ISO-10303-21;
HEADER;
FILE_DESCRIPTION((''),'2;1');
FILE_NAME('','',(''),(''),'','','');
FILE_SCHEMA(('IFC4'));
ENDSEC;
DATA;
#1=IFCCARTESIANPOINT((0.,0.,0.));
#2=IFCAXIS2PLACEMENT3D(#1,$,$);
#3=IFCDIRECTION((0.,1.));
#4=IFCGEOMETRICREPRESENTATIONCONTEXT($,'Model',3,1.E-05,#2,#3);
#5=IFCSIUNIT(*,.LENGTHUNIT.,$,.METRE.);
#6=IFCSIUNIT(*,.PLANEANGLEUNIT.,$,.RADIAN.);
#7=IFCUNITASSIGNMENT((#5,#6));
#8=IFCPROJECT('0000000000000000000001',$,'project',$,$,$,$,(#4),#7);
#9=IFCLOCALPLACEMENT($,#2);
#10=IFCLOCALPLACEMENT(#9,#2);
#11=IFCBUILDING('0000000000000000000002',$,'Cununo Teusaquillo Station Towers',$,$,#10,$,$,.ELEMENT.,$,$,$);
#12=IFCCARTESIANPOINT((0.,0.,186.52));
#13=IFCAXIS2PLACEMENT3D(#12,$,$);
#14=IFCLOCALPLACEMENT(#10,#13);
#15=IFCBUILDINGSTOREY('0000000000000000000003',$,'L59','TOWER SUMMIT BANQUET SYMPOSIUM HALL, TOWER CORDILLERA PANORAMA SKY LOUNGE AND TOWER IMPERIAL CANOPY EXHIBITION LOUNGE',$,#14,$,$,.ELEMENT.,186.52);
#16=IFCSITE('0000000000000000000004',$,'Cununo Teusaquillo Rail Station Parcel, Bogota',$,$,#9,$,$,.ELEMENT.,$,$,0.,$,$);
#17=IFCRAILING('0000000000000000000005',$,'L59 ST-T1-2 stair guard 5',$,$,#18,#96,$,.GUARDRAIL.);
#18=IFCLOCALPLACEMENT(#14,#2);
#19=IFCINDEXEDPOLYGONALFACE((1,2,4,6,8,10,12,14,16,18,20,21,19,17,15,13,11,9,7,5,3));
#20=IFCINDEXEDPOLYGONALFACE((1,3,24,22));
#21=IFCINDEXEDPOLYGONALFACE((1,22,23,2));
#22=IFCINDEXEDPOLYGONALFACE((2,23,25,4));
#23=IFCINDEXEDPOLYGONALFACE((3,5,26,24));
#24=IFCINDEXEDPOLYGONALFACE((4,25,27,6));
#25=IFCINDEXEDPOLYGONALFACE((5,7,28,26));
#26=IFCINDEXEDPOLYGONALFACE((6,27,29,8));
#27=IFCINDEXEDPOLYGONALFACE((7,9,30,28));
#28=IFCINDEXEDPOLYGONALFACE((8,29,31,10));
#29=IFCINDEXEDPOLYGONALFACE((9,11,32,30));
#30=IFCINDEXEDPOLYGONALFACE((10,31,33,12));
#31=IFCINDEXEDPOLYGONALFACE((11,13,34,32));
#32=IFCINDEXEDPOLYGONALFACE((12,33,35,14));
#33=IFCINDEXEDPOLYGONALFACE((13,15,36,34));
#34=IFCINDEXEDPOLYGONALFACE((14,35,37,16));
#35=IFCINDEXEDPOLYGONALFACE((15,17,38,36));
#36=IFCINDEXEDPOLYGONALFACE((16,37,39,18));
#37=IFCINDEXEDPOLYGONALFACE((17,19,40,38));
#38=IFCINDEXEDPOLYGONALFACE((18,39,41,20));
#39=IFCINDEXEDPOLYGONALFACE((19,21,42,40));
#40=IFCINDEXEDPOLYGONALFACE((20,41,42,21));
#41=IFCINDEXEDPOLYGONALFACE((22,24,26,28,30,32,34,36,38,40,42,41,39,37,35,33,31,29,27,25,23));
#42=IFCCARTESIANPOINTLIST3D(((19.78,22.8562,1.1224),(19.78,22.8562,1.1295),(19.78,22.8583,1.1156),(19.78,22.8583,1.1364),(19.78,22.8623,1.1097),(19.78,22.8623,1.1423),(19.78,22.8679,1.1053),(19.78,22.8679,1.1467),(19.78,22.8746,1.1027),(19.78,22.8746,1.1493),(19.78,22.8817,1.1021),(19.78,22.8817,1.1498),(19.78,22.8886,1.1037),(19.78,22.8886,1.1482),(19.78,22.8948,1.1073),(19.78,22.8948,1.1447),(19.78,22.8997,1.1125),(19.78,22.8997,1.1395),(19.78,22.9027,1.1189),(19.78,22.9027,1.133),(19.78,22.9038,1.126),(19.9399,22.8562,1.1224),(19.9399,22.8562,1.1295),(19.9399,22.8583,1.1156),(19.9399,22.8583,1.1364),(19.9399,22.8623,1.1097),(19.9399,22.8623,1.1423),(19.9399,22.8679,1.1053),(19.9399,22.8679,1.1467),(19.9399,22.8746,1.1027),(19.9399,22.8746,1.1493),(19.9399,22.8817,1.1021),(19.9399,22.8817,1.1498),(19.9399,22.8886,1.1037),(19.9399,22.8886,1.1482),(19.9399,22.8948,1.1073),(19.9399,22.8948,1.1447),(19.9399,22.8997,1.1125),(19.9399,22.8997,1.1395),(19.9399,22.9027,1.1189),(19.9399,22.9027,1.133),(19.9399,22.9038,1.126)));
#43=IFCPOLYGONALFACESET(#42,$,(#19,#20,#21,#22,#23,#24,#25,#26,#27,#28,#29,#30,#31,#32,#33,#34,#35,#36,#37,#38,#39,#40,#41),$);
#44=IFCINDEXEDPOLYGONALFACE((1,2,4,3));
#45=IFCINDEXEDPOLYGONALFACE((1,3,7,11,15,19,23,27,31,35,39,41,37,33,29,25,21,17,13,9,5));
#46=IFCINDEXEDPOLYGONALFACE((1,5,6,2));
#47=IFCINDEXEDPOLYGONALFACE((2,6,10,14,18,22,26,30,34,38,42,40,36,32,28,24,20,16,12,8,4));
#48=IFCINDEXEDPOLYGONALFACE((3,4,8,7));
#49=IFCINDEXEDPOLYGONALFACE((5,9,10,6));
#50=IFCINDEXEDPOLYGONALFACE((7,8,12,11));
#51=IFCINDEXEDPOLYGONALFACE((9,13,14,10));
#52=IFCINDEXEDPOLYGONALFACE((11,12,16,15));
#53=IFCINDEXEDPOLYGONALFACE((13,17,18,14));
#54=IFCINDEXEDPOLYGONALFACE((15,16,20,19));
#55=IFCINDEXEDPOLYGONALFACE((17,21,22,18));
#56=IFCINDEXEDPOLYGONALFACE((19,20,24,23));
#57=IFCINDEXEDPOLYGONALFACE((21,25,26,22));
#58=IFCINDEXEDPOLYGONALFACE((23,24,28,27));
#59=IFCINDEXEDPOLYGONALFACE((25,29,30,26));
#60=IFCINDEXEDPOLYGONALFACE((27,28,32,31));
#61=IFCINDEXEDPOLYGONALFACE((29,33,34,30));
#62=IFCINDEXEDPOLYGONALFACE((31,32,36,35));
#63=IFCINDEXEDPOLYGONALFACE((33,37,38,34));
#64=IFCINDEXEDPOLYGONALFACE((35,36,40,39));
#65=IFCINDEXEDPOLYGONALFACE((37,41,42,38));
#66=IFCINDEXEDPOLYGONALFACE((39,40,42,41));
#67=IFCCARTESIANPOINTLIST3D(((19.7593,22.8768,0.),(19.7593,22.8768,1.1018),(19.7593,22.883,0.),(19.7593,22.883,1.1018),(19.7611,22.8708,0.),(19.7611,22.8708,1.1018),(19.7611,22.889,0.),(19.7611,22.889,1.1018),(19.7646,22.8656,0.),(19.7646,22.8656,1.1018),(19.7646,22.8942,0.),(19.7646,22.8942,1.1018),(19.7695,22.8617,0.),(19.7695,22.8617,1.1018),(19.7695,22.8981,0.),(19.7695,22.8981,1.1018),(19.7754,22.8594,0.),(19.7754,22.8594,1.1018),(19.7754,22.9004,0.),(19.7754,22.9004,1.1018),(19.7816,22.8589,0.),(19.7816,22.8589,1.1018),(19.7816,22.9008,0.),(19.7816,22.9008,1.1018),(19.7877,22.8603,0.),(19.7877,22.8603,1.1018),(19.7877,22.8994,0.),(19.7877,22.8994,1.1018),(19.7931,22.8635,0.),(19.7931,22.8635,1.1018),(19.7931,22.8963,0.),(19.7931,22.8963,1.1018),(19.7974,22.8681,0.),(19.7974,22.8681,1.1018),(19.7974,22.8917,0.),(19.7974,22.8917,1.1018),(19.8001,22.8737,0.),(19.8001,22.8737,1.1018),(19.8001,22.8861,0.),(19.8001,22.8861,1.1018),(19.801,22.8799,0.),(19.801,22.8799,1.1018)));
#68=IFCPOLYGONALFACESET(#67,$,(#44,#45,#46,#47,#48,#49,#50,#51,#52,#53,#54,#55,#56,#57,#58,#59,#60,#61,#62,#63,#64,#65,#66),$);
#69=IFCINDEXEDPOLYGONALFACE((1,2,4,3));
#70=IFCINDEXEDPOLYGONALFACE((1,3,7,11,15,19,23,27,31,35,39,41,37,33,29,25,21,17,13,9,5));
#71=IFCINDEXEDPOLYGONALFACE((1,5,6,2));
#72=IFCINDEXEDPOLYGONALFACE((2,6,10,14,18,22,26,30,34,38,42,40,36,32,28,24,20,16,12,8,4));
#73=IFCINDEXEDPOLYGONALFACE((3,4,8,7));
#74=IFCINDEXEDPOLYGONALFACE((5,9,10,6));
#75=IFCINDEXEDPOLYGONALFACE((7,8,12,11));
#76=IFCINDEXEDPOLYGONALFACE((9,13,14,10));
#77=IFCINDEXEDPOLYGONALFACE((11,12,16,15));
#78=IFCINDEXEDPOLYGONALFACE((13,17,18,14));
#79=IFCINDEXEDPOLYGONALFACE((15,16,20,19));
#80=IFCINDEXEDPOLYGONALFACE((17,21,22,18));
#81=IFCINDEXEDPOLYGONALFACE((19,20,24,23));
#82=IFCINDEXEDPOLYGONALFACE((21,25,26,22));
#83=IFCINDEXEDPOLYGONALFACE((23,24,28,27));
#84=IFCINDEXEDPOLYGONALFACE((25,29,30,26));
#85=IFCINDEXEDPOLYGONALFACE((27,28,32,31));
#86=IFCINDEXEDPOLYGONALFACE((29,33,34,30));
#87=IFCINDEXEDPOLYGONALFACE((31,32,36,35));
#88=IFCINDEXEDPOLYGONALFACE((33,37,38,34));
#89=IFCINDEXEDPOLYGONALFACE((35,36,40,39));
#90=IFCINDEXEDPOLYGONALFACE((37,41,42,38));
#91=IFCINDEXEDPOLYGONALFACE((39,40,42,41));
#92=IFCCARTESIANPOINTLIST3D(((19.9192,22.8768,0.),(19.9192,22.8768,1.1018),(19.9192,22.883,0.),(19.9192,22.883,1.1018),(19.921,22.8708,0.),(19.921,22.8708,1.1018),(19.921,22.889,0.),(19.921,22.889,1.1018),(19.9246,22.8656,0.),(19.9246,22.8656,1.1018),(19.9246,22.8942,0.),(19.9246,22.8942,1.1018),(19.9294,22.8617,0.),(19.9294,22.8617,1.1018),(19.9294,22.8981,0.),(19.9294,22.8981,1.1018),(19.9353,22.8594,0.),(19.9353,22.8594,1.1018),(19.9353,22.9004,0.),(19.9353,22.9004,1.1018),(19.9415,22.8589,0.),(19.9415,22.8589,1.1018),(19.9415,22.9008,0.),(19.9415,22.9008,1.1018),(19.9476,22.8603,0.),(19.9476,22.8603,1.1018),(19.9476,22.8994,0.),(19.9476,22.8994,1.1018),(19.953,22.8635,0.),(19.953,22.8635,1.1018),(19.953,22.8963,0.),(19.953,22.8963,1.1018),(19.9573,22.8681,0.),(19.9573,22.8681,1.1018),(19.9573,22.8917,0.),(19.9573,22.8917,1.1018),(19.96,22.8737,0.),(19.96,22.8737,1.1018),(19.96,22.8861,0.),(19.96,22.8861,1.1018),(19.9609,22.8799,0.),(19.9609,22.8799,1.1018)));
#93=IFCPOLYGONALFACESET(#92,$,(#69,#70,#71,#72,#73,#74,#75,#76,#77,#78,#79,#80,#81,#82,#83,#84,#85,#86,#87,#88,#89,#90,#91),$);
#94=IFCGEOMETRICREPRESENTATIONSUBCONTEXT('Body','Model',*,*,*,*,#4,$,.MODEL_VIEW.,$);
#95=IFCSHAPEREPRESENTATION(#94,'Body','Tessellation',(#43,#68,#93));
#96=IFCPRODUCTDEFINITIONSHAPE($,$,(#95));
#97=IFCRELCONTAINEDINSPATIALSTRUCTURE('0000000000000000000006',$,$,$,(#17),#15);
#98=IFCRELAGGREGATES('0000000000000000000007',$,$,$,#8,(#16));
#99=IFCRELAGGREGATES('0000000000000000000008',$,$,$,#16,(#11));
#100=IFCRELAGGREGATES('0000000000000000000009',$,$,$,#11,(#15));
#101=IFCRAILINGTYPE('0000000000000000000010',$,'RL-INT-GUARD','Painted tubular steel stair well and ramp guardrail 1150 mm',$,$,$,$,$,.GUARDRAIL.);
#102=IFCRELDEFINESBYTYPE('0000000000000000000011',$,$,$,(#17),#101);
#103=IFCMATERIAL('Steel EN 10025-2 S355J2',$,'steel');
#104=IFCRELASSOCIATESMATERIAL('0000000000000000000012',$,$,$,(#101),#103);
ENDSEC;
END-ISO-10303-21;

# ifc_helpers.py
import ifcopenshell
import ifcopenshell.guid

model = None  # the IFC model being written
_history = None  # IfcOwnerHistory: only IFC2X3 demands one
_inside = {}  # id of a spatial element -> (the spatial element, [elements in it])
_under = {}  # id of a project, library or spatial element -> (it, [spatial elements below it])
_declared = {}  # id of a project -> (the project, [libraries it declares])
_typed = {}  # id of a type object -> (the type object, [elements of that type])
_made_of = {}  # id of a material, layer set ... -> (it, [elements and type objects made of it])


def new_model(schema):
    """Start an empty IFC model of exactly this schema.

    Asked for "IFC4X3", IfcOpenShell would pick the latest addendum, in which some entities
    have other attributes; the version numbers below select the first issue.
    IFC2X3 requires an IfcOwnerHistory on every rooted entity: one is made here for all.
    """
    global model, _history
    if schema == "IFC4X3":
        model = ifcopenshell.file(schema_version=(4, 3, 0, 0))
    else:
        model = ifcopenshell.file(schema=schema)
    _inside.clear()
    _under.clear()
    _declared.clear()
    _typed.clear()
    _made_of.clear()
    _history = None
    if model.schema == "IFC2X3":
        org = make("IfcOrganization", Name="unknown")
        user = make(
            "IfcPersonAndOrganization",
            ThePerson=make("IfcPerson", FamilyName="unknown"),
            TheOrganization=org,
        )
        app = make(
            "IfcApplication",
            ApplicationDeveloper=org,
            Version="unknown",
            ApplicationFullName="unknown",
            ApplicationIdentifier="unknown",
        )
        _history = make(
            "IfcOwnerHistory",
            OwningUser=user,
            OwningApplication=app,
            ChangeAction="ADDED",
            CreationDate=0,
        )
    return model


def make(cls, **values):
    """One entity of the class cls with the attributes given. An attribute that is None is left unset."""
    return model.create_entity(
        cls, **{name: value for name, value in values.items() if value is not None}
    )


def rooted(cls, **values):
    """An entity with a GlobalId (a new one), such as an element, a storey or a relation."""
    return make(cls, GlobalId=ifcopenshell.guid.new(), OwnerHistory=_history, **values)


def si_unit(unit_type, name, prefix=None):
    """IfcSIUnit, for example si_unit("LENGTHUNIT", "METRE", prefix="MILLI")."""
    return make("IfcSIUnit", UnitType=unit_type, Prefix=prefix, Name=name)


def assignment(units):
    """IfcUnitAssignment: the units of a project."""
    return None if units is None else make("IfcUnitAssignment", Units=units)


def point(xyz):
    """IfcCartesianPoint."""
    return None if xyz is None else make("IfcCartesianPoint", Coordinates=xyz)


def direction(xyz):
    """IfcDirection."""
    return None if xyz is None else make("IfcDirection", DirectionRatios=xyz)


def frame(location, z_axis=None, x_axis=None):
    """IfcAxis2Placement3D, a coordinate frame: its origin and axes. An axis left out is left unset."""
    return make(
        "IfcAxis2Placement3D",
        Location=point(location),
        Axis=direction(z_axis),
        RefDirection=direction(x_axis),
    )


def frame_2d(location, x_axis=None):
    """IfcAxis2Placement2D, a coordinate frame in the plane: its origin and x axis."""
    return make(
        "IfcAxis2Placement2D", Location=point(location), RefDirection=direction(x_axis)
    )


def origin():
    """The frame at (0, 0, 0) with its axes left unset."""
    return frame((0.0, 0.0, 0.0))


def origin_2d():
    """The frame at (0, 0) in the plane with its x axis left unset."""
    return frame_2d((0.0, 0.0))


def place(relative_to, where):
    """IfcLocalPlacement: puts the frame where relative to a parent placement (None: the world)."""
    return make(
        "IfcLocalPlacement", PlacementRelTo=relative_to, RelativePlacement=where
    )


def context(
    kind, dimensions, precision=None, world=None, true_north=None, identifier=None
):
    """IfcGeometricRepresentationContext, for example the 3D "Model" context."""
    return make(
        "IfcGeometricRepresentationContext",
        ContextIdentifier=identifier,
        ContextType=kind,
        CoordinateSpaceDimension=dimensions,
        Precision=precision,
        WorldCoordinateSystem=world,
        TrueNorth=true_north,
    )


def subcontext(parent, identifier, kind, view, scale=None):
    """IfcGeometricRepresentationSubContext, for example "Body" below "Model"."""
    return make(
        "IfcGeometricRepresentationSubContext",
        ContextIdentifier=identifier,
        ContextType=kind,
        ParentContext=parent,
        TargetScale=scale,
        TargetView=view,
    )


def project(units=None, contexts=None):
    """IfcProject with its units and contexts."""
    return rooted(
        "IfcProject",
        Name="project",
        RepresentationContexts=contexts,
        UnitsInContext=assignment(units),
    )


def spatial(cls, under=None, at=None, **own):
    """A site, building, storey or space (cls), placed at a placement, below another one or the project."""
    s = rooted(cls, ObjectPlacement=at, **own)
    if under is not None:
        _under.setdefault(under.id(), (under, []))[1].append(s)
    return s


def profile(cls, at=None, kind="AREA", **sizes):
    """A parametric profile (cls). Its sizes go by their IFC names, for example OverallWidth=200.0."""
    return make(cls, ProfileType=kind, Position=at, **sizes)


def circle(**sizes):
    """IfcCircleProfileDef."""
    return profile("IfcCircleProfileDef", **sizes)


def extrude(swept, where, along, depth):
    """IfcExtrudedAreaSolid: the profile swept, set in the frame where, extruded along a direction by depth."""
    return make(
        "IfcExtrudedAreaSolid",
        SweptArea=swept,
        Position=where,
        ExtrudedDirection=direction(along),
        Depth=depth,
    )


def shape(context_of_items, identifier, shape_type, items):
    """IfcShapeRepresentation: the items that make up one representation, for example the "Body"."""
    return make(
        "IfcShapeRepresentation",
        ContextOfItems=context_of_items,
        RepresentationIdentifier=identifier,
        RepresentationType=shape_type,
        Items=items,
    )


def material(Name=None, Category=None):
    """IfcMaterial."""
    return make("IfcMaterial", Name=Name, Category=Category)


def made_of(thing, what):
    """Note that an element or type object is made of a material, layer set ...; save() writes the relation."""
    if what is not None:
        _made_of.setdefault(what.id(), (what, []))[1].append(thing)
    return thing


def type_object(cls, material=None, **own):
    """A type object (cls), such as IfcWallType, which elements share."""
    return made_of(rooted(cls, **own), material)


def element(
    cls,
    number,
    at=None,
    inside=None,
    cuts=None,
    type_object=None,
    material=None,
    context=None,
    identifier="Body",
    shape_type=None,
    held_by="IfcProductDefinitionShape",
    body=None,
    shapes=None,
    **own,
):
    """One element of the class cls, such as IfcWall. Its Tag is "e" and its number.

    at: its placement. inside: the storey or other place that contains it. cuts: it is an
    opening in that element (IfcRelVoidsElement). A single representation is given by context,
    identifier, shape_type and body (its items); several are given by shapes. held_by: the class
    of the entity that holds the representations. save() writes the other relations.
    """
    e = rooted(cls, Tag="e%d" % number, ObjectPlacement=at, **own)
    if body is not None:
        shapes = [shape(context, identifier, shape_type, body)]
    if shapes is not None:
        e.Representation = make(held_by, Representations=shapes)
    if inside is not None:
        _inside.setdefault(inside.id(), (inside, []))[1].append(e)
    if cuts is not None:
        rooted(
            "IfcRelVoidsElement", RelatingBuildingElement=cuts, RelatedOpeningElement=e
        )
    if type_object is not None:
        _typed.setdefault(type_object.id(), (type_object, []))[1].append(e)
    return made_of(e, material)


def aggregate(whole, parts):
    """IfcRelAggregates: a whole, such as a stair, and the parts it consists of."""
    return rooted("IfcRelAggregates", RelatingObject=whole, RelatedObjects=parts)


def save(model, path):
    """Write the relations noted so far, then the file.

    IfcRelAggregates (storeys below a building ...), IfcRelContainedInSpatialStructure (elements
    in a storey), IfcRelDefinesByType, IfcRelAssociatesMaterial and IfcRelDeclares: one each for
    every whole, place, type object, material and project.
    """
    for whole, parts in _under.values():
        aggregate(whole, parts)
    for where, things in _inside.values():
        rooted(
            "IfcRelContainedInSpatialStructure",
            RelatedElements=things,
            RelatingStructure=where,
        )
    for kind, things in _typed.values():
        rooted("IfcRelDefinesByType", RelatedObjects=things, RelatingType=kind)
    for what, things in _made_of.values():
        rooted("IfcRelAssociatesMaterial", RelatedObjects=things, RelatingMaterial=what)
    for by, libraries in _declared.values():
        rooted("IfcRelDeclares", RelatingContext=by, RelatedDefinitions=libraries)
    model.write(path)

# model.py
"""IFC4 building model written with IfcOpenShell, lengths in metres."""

from ifc_helpers import new_model, si_unit, direction, frame, origin, origin_2d, place, context, subcontext, project, spatial, circle, extrude, material, type_object, element, save


model = new_model("IFC4")

# Units and contexts
model_context = context("Model", 3, precision=1e-05, world=origin(), true_north=direction((0.0, 1.0)))
body_context = subcontext(model_context, "Body", "Model", "MODEL_VIEW")
ifc_project = project(units=[si_unit("LENGTHUNIT", "METRE"), si_unit("PLANEANGLEUNIT", "RADIAN")], contexts=[model_context])

# Site, building, storey
site_placement = place(None, origin())
site = spatial("IfcSite", under=ifc_project, at=site_placement, Name="Cununo Teusaquillo Rail Station Parcel, Bogota", CompositionType="ELEMENT", RefElevation=0.0)
building_placement = place(site_placement, origin())
building = spatial("IfcBuilding", under=site, at=building_placement, Name="Cununo Teusaquillo Station Towers", CompositionType="ELEMENT")
storey_placement = place(building_placement, frame((0.0, 0.0, 186.52)))
storey = spatial("IfcBuildingStorey", under=building, at=storey_placement, Name="L59", Description="TOWER SUMMIT BANQUET SYMPOSIUM HALL, TOWER CORDILLERA PANORAMA SKY LOUNGE AND TOWER IMPERIAL CANOPY EXHIBITION LOUNGE", CompositionType="ELEMENT", Elevation=186.52)

# Railing
ifc_material_1 = material(Name="Steel EN 10025-2 S355J2", Category="steel")
railing_type_1 = type_object("IfcRailingType", Name="RL-INT-GUARD", Description="Painted tubular steel stair well and ramp guardrail 1150 mm", PredefinedType="GUARDRAIL", material=ifc_material_1)
railing_1_placement = place(storey_placement, frame((19.78, 22.8799, 0.0)))
element("IfcRailing", 1, at=railing_1_placement, inside=storey, type_object=railing_type_1, Name="L59 ST-T1-2 stair guard 5", PredefinedType="GUARDRAIL", context=body_context, shape_type="SweptSolid", body=[
    extrude(circle(Radius=0.0239, at=origin_2d()), frame((0.0, 0.0, 1.126), z_axis=(1.0, 0.0, 0.0), x_axis=(0.0, 1.0, 0.0)), (0.0, 0.0, 1.0), 0.1599),
    extrude(circle(Radius=0.021, at=origin_2d()), origin(), (0.0, 0.0, 1.0), 1.1018),
    extrude(circle(Radius=0.021, at=origin_2d()), frame((0.1599, 0.0, 0.0)), (0.0, 0.0, 1.0), 1.1018),
])

save(model, "model.ifc")
